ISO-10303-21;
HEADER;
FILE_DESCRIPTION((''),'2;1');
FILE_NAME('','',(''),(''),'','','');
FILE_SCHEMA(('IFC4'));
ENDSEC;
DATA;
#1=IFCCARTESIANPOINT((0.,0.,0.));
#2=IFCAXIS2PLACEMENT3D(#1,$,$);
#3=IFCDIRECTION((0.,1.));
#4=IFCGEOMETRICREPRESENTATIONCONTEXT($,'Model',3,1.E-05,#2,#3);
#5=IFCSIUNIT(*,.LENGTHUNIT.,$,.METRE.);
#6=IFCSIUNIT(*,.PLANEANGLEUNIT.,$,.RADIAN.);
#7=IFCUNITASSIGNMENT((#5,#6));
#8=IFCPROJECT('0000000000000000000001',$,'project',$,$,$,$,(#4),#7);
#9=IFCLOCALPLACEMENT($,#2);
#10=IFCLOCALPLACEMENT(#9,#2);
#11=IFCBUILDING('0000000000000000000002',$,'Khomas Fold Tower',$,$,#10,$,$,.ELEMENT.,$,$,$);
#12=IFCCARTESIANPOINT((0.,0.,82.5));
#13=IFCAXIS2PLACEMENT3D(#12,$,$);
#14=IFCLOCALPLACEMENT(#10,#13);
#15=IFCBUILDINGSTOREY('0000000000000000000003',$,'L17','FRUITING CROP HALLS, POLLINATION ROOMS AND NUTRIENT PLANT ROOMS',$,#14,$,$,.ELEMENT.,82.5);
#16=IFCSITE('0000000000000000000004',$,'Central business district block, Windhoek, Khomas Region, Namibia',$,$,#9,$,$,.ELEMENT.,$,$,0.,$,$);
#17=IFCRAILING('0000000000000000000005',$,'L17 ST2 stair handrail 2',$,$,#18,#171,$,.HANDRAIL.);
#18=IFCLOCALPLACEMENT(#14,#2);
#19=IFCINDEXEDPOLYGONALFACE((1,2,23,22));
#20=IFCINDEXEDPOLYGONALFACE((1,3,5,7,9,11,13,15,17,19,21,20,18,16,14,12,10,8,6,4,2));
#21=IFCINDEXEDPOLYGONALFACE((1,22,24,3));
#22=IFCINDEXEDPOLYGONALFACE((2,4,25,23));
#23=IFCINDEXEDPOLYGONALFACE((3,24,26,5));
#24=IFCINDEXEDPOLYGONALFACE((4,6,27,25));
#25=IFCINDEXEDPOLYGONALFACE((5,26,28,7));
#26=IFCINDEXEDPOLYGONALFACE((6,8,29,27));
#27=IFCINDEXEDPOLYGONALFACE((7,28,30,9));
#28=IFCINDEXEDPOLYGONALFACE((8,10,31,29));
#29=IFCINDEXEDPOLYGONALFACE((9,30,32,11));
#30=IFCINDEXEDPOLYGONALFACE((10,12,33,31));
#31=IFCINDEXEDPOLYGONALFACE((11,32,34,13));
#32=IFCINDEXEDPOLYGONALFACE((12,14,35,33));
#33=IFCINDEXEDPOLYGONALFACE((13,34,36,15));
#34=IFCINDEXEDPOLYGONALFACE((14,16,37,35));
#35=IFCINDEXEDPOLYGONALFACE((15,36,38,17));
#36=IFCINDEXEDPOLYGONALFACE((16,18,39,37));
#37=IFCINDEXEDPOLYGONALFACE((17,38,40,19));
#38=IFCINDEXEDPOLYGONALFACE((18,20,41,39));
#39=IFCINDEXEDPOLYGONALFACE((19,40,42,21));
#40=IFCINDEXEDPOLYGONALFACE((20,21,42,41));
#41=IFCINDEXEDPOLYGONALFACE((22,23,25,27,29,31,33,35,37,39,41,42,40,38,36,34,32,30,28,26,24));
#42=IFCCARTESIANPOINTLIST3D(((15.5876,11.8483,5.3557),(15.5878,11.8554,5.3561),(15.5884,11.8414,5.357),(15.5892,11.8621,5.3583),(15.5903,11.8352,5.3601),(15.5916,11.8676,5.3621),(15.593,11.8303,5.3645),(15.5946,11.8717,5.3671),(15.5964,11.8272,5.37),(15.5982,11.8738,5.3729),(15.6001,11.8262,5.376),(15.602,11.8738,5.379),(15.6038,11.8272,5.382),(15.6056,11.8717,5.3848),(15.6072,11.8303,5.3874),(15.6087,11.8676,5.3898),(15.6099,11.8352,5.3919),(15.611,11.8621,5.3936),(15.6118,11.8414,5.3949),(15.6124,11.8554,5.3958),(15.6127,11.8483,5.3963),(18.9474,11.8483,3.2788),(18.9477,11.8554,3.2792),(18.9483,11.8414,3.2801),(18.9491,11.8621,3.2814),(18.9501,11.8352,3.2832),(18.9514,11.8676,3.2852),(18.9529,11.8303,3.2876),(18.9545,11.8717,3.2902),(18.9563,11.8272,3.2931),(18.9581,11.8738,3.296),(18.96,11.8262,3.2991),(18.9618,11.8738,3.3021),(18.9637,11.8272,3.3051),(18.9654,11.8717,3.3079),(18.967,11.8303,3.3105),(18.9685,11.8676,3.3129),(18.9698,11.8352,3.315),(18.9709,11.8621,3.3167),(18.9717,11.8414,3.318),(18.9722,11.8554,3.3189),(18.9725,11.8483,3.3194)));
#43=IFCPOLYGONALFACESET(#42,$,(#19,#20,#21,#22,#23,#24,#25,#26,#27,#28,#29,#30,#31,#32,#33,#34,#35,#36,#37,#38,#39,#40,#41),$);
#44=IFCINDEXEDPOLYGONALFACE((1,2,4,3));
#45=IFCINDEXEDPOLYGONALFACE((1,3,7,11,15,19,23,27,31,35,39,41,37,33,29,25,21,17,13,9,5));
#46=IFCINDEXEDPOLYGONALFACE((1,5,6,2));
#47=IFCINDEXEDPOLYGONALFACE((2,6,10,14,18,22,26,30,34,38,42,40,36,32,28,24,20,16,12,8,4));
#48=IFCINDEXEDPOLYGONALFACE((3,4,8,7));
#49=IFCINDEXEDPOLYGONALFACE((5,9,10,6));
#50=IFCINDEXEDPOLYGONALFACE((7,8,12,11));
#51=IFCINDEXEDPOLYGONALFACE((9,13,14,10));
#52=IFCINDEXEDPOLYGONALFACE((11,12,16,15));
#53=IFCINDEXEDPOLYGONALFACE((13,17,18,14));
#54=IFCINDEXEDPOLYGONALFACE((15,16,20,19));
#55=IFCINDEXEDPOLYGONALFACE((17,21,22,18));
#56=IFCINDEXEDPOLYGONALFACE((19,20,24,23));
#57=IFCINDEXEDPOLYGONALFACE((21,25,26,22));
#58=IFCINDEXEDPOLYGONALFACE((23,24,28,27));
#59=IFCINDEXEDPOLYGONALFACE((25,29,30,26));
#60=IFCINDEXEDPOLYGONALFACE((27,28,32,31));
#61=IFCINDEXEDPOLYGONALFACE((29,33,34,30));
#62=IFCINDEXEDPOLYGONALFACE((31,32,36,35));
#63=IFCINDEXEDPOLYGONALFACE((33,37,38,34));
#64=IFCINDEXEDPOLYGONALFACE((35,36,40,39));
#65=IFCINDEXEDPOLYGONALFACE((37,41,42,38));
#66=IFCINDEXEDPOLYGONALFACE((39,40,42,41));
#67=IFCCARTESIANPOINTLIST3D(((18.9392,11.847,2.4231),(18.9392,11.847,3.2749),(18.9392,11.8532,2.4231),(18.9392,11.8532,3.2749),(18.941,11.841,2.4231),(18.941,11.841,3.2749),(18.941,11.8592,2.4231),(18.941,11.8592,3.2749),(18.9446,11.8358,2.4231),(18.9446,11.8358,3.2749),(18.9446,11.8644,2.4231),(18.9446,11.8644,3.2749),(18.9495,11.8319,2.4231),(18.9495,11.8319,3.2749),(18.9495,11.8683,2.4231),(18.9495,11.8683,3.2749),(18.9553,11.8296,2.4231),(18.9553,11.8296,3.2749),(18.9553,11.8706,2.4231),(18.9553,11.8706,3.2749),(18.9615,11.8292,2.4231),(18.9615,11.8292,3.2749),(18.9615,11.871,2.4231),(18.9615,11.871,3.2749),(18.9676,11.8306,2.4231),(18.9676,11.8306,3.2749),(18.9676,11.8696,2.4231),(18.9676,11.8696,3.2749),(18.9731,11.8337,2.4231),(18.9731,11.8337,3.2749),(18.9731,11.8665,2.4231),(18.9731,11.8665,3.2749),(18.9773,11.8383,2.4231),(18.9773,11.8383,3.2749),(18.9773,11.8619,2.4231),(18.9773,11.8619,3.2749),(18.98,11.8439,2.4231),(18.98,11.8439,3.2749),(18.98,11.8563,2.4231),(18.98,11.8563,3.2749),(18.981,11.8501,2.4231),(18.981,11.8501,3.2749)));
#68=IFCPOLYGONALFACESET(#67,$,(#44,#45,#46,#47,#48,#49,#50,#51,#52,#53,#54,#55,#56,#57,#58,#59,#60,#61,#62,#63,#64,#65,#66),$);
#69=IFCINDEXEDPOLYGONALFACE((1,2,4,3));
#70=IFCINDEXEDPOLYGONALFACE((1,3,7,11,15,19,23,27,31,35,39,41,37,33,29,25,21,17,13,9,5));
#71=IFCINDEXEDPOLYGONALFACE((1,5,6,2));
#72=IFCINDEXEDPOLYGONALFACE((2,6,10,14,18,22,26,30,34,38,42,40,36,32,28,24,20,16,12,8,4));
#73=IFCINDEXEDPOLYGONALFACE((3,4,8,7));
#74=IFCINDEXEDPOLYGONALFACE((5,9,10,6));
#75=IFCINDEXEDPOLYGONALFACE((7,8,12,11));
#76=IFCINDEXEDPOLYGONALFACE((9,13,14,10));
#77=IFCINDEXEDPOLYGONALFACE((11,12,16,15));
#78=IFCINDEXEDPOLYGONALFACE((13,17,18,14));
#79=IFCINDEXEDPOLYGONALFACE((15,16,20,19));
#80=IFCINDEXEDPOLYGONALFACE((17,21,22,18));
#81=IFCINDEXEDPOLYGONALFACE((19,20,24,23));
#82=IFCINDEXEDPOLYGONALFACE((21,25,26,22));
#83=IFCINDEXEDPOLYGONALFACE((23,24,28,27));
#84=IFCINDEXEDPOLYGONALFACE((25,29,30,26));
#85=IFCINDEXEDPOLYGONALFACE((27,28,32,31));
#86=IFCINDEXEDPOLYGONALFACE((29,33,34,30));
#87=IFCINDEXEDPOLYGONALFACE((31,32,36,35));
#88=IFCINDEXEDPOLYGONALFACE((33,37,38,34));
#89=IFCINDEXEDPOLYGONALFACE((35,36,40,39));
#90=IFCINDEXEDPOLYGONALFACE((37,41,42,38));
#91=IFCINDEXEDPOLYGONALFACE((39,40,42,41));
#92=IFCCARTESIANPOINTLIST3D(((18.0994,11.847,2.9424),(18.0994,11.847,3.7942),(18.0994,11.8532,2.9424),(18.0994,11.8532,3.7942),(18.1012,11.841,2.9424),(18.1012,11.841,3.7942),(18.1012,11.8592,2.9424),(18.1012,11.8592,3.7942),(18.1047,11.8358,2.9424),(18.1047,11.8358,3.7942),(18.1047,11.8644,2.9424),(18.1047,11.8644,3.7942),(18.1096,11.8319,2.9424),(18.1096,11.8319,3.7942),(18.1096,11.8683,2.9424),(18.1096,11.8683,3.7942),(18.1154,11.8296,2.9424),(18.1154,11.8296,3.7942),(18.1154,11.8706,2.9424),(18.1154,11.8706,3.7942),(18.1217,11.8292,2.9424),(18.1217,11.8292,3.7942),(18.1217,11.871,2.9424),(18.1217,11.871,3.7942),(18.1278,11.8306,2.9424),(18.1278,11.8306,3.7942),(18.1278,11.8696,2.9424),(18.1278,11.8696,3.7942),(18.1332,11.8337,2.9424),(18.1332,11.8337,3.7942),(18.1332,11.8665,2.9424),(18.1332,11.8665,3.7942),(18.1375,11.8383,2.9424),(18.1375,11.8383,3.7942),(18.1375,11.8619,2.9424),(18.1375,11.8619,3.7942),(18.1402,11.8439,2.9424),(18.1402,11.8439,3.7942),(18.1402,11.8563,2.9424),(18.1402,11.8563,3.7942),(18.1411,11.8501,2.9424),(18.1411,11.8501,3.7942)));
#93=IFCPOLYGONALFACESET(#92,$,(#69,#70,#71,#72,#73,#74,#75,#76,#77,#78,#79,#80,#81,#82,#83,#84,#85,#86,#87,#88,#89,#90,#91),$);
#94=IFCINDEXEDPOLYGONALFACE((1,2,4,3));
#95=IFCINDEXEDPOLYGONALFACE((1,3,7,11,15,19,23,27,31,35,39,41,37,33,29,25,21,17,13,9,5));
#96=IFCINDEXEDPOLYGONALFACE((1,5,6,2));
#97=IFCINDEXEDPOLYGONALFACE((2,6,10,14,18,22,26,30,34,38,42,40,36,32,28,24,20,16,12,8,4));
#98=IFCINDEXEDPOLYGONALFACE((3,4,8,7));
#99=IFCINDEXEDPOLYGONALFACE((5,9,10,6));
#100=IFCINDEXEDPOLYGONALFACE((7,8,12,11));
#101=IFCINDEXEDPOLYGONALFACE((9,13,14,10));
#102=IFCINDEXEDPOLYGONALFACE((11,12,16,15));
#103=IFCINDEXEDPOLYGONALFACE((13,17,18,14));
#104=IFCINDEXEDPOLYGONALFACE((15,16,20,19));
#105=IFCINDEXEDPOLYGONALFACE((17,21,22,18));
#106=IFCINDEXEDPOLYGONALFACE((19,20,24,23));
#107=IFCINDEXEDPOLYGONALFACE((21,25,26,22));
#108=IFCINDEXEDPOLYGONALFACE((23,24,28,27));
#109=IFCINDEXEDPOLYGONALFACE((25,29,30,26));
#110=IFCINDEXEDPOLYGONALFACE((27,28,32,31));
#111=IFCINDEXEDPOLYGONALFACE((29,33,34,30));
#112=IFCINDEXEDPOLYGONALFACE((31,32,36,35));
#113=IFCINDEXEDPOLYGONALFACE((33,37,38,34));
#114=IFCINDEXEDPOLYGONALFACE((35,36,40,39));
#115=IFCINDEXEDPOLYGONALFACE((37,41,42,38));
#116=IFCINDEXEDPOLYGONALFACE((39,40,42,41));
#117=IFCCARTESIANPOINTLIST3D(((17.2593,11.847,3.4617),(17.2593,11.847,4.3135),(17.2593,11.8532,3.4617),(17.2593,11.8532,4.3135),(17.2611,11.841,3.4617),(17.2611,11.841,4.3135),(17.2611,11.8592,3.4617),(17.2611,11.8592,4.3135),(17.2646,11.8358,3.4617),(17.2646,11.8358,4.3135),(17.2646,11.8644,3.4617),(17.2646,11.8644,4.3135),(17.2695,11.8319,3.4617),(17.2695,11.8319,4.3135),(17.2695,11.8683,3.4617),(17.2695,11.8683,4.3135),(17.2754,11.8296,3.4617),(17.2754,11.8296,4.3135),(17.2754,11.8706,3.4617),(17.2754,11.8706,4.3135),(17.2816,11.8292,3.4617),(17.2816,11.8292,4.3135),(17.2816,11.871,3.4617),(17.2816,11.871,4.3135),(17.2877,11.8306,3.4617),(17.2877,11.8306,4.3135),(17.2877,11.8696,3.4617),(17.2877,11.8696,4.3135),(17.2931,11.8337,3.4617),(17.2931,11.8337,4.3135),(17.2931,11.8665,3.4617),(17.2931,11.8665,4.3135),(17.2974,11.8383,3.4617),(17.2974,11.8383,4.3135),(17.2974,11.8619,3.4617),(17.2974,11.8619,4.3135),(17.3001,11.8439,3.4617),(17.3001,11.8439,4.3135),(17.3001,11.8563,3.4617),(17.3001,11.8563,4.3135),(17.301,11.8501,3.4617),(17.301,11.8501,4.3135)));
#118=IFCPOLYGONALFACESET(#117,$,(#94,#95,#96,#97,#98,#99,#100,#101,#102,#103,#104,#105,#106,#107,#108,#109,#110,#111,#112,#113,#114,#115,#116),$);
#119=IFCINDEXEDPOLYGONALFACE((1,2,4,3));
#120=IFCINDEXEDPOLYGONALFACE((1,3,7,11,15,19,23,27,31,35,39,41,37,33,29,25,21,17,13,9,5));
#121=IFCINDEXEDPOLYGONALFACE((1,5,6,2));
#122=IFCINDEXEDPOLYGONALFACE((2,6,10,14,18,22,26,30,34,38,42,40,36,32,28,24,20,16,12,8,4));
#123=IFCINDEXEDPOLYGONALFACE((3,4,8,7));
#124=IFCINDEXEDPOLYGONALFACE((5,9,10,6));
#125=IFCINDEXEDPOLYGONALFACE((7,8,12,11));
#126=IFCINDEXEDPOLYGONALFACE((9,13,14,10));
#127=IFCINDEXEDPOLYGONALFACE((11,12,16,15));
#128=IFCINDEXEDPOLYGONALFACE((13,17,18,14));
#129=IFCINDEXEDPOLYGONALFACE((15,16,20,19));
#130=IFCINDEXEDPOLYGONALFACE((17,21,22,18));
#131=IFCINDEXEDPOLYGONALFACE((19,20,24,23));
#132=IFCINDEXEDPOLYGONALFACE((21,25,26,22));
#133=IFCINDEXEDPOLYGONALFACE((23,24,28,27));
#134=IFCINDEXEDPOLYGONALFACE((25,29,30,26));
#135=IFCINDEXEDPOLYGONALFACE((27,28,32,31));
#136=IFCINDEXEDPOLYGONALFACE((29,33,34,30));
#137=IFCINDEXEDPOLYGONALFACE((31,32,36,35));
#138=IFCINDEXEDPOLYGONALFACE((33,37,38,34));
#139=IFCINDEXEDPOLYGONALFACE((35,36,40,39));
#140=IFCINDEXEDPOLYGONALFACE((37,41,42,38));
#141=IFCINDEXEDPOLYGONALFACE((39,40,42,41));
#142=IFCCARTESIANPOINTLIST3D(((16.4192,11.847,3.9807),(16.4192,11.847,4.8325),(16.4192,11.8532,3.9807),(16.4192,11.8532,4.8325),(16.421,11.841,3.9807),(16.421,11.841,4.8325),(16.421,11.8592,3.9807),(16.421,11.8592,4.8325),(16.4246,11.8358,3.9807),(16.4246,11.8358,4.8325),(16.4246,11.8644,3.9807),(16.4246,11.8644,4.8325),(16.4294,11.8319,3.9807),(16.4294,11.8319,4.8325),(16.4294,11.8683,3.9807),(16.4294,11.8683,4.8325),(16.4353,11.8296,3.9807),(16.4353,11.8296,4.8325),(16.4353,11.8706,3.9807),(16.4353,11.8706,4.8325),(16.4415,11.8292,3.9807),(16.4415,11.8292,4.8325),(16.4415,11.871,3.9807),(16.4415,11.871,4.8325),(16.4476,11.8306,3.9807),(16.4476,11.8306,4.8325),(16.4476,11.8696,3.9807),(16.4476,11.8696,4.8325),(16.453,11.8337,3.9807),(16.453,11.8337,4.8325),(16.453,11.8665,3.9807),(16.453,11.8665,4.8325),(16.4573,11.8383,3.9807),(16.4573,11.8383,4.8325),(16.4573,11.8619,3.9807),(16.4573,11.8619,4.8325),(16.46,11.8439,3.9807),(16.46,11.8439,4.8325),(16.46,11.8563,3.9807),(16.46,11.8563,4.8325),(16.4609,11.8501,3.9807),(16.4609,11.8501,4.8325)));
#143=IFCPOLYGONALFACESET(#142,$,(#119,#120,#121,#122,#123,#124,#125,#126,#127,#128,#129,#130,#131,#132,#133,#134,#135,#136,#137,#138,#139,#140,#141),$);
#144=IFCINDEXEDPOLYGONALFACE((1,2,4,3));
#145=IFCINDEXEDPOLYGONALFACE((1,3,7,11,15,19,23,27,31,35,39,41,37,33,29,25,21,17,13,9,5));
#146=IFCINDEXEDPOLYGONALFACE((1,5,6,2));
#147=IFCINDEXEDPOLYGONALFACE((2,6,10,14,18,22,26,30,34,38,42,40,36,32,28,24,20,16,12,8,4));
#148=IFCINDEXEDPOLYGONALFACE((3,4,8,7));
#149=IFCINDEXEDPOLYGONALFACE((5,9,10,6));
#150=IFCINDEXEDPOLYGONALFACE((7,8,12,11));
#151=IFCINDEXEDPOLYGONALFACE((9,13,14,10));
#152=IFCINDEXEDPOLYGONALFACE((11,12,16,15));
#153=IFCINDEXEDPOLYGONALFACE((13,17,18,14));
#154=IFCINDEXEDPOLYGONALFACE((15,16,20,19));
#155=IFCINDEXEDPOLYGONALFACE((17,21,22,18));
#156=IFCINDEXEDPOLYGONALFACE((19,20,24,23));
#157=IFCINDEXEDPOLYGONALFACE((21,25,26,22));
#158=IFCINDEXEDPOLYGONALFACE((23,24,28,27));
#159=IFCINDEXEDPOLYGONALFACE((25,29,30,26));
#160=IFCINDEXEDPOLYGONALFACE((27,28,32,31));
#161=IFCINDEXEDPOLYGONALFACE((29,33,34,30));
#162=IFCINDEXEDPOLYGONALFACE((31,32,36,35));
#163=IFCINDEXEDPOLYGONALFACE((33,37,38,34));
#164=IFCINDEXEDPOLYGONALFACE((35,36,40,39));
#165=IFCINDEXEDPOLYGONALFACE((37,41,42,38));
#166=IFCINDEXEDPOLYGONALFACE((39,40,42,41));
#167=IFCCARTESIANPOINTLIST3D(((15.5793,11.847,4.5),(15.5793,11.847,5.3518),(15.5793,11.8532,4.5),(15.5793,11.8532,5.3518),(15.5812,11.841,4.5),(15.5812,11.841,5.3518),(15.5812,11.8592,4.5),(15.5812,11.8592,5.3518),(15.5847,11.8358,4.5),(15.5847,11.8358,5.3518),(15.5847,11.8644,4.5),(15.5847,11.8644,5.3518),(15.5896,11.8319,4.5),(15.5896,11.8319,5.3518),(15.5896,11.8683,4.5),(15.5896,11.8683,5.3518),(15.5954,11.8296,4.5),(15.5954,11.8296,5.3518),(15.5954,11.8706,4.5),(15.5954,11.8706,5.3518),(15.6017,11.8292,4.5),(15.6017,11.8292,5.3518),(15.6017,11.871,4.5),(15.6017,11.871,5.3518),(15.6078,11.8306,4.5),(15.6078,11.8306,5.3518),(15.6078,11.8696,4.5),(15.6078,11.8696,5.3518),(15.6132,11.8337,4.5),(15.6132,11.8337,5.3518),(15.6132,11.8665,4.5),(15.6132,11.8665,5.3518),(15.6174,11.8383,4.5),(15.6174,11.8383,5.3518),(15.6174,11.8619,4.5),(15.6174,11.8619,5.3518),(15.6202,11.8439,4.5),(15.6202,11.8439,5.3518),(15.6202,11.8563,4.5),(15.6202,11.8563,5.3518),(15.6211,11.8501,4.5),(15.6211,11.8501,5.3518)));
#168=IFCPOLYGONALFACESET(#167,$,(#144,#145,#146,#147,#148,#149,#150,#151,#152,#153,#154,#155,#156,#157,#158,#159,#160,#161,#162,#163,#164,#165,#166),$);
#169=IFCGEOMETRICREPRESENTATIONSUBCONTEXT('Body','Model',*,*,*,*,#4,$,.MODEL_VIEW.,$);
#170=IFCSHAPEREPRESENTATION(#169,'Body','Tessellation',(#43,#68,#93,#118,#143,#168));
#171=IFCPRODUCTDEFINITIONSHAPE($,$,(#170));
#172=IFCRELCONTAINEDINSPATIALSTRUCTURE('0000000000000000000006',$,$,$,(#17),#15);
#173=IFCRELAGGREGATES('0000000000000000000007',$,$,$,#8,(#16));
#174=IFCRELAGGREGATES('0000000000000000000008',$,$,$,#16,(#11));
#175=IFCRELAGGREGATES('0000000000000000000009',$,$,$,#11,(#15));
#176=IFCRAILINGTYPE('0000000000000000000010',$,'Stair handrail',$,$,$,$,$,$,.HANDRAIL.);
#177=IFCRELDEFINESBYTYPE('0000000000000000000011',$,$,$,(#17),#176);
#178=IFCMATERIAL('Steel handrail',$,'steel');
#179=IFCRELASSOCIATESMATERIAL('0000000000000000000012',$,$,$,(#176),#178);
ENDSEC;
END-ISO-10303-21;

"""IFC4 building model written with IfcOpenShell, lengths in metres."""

from ifc_helpers import new_model, si_unit, direction, frame, origin, origin_2d, place, context, subcontext, project, spatial, circle, extrude, source, transform, mapped, material, type_object, element, save


model = new_model("IFC4")

# Units and contexts
model_context = context("Model", 3, precision=1e-05, world=origin(), true_north=direction((0.0, 1.0)))
body_context = subcontext(model_context, "Body", "Model", "MODEL_VIEW")
ifc_project = project(units=[si_unit("LENGTHUNIT", "METRE"), si_unit("PLANEANGLEUNIT", "RADIAN")], contexts=[model_context])

# Site, building, storey
site_placement = place(None, origin())
site = spatial("IfcSite", under=ifc_project, at=site_placement, Name="Central business district block, Windhoek, Khomas Region, Namibia", CompositionType="ELEMENT", RefElevation=0.0)
building_placement = place(site_placement, origin())
building = spatial("IfcBuilding", under=site, at=building_placement, Name="Khomas Fold Tower", CompositionType="ELEMENT")
storey_placement = place(building_placement, frame((0.0, 0.0, 82.5)))
storey = spatial("IfcBuildingStorey", under=building, at=storey_placement, Name="L17", Description="FRUITING CROP HALLS, POLLINATION ROOMS AND NUTRIENT PLANT ROOMS", CompositionType="ELEMENT", Elevation=82.5)

# Railing
ifc_material_1 = material(Name="Steel handrail", Category="steel")
railing_type_1 = type_object("IfcRailingType", Name="Stair handrail", PredefinedType="HANDRAIL", material=ifc_material_1)
shared_shape_1 = source(origin(), body_context, "Body", "SweptSolid", [
    extrude(circle(Radius=0.0239, at=origin_2d()), frame((0.0, 0.0, 0.876), z_axis=(-0.850606, 0.0, 0.525803), x_axis=(0.0, -1.0, 0.0)), (0.0, 0.0, 1.0), 3.95),
    extrude(circle(Radius=0.021, at=origin_2d()), origin(), (0.0, 0.0, 1.0), 0.8518),
    extrude(circle(Radius=0.021, at=origin_2d()), frame((-0.8398, 0.0, 0.5193)), (0.0, 0.0, 1.0), 0.8518),
    extrude(circle(Radius=0.021, at=origin_2d()), frame((-1.6799, 0.0, 1.0386)), (0.0, 0.0, 1.0), 0.8518),
    extrude(circle(Radius=0.021, at=origin_2d()), frame((-2.52, 0.0, 1.5576)), (0.0, 0.0, 1.0), 0.8518),
    extrude(circle(Radius=0.021, at=origin_2d()), frame((-3.3599, 0.0, 2.0769)), (0.0, 0.0, 1.0), 0.8518),
])
railing_1_placement = place(storey_placement, frame((18.96, 11.8501, 2.4231)))
element("IfcRailing", 1, at=railing_1_placement, inside=storey, type_object=railing_type_1, Name="L17 ST2 stair handrail 2", PredefinedType="HANDRAIL", context=body_context, shape_type="MappedRepresentation", body=[
    mapped(shared_shape_1, transform((0.0, 0.0, 0.0))),
])

save(model, "model.ifc")
